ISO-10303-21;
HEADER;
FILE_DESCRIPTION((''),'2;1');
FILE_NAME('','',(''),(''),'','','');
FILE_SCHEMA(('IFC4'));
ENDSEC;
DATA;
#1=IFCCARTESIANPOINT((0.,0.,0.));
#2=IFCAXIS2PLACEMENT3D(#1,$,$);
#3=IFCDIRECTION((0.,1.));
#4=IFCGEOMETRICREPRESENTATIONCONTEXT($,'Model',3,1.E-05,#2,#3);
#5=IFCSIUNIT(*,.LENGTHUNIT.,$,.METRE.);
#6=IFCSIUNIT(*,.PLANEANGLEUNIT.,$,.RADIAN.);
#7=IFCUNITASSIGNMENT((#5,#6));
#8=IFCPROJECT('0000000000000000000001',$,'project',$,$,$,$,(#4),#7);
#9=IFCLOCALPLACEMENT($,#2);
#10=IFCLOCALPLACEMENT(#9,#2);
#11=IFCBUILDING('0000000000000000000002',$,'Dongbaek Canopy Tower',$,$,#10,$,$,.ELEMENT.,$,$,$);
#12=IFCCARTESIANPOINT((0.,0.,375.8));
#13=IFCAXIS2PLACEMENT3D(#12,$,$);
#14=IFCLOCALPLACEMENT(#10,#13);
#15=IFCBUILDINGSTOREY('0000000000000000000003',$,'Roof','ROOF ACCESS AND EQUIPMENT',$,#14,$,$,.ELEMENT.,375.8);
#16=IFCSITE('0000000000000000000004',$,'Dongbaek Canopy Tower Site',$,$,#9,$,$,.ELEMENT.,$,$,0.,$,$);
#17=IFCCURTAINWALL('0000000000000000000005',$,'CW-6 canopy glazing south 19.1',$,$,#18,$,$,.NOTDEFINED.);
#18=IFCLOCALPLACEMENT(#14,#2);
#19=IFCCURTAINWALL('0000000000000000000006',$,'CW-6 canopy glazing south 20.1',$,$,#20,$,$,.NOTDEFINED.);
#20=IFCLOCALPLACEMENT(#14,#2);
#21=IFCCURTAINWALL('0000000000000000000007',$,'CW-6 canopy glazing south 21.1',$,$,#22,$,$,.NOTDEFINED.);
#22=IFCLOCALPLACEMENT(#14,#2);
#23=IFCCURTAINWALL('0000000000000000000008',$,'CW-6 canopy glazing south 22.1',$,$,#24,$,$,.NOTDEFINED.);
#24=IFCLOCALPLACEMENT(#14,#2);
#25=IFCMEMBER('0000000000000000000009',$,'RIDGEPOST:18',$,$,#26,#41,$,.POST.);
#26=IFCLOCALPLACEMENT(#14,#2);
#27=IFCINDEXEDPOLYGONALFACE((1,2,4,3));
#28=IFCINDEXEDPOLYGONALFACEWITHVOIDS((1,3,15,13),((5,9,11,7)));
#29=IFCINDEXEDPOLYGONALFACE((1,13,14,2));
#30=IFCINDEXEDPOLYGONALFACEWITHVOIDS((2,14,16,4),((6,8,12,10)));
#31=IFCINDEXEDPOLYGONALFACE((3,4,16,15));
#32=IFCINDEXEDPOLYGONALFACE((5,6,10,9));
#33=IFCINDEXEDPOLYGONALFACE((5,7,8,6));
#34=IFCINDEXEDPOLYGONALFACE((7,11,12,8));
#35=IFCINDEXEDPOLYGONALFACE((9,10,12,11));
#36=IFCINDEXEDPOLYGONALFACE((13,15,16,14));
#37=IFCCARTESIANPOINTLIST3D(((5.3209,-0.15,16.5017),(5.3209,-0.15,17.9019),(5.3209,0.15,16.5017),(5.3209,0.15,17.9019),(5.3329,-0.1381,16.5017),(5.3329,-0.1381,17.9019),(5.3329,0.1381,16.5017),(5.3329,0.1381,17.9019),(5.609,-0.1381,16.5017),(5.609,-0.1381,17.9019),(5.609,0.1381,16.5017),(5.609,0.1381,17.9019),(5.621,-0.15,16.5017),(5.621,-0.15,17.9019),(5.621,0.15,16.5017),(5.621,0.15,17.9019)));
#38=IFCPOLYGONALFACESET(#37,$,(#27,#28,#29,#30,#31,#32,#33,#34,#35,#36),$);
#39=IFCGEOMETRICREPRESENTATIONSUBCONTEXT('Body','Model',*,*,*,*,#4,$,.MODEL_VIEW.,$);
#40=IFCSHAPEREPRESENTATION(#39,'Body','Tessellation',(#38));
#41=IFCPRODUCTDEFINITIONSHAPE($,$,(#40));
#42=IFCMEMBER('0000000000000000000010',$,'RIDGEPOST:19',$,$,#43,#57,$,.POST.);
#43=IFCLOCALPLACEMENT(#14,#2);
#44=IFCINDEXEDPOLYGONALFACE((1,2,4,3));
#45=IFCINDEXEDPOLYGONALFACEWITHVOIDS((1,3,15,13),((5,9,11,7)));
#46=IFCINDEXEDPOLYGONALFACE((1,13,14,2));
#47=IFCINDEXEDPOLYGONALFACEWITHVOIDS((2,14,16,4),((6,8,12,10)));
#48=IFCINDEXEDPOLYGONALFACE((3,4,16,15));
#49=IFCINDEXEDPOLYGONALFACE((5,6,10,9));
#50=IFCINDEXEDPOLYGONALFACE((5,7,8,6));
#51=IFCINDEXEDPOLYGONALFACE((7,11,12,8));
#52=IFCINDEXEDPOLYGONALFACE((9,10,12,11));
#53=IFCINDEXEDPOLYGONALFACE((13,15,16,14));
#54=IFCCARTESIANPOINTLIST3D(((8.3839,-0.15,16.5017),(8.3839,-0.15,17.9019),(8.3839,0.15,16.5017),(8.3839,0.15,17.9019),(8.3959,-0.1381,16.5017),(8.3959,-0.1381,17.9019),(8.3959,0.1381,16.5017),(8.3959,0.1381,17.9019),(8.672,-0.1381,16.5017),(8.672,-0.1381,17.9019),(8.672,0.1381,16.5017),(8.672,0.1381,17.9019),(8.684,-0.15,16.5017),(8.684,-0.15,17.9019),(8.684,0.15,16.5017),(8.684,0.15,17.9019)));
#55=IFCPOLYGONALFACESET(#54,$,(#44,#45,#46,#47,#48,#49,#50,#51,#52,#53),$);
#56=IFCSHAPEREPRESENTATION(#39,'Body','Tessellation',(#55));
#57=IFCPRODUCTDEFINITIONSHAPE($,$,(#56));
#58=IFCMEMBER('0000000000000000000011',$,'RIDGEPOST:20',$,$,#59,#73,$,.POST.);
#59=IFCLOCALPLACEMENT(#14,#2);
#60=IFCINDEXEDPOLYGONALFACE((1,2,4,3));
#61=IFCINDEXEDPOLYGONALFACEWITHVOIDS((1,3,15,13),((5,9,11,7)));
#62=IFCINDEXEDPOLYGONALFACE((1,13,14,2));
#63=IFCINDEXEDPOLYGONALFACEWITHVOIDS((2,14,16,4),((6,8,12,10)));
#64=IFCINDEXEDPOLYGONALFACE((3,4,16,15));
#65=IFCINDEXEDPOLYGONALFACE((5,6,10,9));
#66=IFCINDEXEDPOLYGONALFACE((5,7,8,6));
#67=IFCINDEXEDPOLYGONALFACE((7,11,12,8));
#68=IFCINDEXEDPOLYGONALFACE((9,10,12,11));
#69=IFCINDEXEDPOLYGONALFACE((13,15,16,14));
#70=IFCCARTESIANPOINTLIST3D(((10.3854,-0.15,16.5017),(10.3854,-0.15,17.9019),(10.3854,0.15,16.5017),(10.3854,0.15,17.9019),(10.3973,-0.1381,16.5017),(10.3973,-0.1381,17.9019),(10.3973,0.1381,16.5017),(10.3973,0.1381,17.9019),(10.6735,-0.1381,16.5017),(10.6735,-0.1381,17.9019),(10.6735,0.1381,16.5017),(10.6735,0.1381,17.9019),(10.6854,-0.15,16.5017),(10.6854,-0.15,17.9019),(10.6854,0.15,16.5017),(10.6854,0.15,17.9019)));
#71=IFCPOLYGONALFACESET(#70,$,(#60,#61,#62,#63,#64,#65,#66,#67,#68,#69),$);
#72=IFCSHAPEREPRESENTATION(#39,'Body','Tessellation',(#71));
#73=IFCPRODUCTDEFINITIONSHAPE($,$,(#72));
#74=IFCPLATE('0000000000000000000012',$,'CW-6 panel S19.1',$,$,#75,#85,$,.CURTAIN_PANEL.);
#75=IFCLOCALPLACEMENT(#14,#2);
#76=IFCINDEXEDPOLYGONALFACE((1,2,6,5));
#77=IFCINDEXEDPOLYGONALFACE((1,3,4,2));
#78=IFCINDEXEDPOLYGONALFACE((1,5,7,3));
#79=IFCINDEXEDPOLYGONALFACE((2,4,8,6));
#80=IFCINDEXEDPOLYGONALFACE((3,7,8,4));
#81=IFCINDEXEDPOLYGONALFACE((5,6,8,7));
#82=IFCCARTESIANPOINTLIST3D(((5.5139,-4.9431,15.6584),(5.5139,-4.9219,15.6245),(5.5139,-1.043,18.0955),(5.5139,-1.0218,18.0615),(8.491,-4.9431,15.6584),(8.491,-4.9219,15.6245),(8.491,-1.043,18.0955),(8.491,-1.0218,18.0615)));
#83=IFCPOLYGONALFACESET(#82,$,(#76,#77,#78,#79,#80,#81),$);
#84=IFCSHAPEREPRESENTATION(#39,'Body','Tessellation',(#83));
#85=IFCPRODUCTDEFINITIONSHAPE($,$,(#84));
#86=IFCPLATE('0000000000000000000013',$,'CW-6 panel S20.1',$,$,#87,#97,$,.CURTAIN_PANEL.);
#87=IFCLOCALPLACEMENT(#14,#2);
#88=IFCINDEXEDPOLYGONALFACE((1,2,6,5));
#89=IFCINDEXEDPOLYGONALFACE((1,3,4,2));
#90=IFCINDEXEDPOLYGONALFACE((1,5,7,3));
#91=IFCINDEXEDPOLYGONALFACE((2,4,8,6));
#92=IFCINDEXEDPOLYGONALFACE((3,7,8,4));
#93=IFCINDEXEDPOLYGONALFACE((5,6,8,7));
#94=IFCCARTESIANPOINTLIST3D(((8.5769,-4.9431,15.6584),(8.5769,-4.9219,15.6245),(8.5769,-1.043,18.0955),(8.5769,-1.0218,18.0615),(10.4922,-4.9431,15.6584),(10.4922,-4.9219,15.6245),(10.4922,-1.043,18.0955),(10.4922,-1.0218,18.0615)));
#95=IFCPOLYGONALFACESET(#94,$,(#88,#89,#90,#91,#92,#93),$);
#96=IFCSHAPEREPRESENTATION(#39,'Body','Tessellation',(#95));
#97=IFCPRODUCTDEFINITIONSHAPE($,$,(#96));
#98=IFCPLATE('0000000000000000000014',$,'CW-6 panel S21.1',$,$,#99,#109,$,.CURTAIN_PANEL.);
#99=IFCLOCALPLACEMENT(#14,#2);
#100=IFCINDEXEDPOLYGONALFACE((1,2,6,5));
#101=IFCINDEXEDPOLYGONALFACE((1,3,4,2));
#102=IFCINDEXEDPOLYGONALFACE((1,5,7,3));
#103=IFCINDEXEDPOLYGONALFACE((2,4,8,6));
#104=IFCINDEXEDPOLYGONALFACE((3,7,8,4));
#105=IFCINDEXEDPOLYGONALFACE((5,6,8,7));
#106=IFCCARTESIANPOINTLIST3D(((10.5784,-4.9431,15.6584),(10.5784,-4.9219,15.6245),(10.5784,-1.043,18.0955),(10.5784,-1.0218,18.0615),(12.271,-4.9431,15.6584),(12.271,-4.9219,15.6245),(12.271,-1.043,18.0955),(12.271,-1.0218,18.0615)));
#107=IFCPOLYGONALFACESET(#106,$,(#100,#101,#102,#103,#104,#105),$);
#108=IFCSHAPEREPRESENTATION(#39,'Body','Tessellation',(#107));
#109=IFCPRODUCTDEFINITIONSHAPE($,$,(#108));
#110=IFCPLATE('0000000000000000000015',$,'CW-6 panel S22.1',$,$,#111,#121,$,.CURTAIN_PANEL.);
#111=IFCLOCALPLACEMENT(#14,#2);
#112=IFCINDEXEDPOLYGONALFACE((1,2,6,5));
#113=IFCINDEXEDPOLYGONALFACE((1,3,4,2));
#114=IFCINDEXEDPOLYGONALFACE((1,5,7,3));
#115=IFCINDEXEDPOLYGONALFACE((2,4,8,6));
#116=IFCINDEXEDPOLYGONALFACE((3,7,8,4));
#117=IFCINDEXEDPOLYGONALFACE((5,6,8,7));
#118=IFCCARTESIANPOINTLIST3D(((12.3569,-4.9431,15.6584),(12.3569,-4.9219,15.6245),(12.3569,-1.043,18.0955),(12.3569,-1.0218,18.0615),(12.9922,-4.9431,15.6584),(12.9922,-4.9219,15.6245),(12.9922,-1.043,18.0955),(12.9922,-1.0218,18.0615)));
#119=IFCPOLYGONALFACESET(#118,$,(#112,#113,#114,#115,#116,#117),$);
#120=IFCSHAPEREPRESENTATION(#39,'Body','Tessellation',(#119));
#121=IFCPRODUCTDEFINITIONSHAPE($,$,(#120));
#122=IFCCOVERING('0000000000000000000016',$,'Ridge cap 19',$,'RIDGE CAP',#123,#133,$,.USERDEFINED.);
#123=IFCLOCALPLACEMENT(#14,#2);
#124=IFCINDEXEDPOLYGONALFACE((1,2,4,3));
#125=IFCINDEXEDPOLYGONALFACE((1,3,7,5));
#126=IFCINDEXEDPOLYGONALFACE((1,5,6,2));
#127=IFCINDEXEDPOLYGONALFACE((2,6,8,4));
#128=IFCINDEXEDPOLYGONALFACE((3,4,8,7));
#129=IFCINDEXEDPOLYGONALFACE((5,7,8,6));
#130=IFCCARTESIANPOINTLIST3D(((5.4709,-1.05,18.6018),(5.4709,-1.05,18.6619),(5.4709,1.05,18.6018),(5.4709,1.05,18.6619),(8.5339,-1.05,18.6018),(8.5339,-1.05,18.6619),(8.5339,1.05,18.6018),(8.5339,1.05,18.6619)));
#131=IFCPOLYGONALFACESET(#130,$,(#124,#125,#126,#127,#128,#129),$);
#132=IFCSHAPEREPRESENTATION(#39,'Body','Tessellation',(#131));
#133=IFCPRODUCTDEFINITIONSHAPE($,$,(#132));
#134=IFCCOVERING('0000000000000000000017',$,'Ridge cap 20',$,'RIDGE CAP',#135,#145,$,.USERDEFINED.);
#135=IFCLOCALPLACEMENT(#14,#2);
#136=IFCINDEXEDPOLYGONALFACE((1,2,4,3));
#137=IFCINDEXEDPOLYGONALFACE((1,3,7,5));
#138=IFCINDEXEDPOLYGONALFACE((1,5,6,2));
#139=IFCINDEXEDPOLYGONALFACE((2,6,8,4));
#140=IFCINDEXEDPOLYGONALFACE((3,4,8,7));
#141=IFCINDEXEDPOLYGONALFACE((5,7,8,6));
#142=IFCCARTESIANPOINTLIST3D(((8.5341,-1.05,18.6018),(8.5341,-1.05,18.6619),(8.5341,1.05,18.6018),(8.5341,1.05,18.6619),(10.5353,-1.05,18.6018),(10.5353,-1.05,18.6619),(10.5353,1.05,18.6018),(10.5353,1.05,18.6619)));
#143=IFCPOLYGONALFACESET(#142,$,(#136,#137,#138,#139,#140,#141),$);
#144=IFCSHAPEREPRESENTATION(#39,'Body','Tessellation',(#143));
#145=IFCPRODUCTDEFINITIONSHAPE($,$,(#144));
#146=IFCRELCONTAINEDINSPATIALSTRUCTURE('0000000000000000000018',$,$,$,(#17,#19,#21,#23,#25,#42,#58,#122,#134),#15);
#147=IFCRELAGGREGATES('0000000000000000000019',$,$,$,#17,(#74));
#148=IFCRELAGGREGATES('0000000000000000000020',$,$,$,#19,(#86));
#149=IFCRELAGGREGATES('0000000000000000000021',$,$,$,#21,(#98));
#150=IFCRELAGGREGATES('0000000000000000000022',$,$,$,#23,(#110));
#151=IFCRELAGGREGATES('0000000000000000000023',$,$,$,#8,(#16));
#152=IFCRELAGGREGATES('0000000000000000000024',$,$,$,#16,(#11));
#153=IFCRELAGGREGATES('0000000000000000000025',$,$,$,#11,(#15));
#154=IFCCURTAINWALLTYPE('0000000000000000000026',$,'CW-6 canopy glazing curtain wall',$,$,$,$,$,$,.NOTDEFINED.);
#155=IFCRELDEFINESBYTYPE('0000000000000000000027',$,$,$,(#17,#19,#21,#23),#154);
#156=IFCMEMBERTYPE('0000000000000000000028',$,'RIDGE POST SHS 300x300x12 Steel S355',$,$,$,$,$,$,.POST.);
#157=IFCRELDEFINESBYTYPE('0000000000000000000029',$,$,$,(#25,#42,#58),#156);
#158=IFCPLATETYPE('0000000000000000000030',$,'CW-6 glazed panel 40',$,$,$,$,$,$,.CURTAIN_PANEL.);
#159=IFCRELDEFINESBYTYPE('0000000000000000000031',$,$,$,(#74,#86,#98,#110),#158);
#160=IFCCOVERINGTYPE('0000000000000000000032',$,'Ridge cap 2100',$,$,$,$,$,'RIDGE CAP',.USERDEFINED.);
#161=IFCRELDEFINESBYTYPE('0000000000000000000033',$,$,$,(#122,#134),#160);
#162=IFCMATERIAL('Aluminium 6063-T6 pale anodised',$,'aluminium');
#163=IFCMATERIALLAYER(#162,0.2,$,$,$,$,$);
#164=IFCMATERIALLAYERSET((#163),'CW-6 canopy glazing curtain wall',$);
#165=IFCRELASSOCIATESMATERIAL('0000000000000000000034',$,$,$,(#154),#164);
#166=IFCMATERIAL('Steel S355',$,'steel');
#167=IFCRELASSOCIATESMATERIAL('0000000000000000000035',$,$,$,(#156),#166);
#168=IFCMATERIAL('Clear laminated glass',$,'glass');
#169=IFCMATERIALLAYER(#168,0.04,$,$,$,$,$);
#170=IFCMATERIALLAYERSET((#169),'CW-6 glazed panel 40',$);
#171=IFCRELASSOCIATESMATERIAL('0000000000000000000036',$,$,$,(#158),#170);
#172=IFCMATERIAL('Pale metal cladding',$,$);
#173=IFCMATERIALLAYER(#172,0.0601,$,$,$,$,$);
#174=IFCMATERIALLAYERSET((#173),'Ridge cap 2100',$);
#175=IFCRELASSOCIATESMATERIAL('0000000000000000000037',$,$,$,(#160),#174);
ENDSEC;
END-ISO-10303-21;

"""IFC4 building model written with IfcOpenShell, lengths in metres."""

from ifc_helpers import new_model, si_unit, direction, frame, origin, origin_2d, place, context, subcontext, project, spatial, polyline, rectangle, hollow_rectangle, outline, extrude, material, layer, layer_set, material_profile, profile_set, type_object, element, aggregate, save


model = new_model("IFC4")

# Units and contexts
model_context = context("Model", 3, precision=1e-05, world=origin(), true_north=direction((0.0, 1.0)))
body_context = subcontext(model_context, "Body", "Model", "MODEL_VIEW")
ifc_project = project(units=[si_unit("LENGTHUNIT", "METRE"), si_unit("PLANEANGLEUNIT", "RADIAN")], contexts=[model_context])

# Site, building, storey
site_placement = place(None, origin())
site = spatial("IfcSite", under=ifc_project, at=site_placement, Name="Dongbaek Canopy Tower Site", CompositionType="ELEMENT", RefElevation=0.0)
building_placement = place(site_placement, origin())
building = spatial("IfcBuilding", under=site, at=building_placement, Name="Dongbaek Canopy Tower", CompositionType="ELEMENT")
storey_placement = place(building_placement, frame((0.0, 0.0, 375.8)))
storey = spatial("IfcBuildingStorey", under=building, at=storey_placement, Name="Roof", Description="ROOF ACCESS AND EQUIPMENT", CompositionType="ELEMENT", Elevation=375.8)

# Curtain walls
ifc_material_1 = material(Name="Aluminium 6063-T6 pale anodised", Category="aluminium")
ifc_layer_1 = layer(ifc_material_1, 0.2)
ifc_layer_set_1 = layer_set([ifc_layer_1], Name="CW-6 canopy glazing curtain wall")
curtain_wall_type = type_object("IfcCurtainWallType", Name="CW-6 canopy glazing curtain wall", PredefinedType="NOTDEFINED", material=ifc_layer_set_1)
curtain_wall_1_placement = place(storey_placement, origin())
curtain_wall_1 = element("IfcCurtainWall", 1, at=curtain_wall_1_placement, inside=storey, type_object=curtain_wall_type, Name="CW-6 canopy glazing south 19.1", PredefinedType="NOTDEFINED")
curtain_wall_2_placement = place(storey_placement, origin())
curtain_wall_2 = element("IfcCurtainWall", 2, at=curtain_wall_2_placement, inside=storey, type_object=curtain_wall_type, Name="CW-6 canopy glazing south 20.1", PredefinedType="NOTDEFINED")
curtain_wall_3_placement = place(storey_placement, origin())
curtain_wall_3 = element("IfcCurtainWall", 3, at=curtain_wall_3_placement, inside=storey, type_object=curtain_wall_type, Name="CW-6 canopy glazing south 21.1", PredefinedType="NOTDEFINED")

# Curtain wall
curtain_wall_4_placement = place(storey_placement, origin())
curtain_wall_4 = element("IfcCurtainWall", 4, at=curtain_wall_4_placement, inside=storey, type_object=curtain_wall_type, Name="CW-6 canopy glazing south 22.1", PredefinedType="NOTDEFINED")

# Members
ifc_material_2 = material(Name="Steel S355", Category="steel")
ifc_material_profile_1 = material_profile(ifc_material_2, hollow_rectangle(XDim=0.3, YDim=0.3, WallThickness=0.012, at=origin_2d()), Name="RIDGE POST SHS 300x300x12 Steel S355")
ifc_profile_set_1 = profile_set([ifc_material_profile_1], Name="Steel S355")
member_type_1 = type_object("IfcMemberType", Name="RIDGE POST SHS 300x300x12 Steel S355", PredefinedType="POST", material=ifc_profile_set_1)
for number, where, z_axis, x_axis, name in (
    (5, (5.4709, 0.0, 16.5017), (0.0, 0.0, 1.0), (1.0, 0.0, 0.0), "RIDGEPOST:18"),
    (6, (8.5339, 0.0, 16.5017), (0.0, 0.0, 1.0), (1.0, 0.0, 0.0), "RIDGEPOST:19"),
    (7, (10.5354, 0.0, 16.5017), (0.0, 0.0, 1.0), (1.0, 0.0, 0.0), "RIDGEPOST:20"),
):
    element("IfcMember", number, at=place(storey_placement, frame(where, z_axis=z_axis, x_axis=x_axis)), inside=storey, type_object=member_type_1, Name=name, PredefinedType="POST", context=body_context, shape_type="SweptSolid", body=[
        extrude(hollow_rectangle(XDim=0.3, YDim=0.3, WallThickness=0.012, at=origin_2d()), origin(), (0.0, 0.0, 1.0), 1.4001),
    ])

# Plates
ifc_material_3 = material(Name="Clear laminated glass", Category="glass")
ifc_layer_2 = layer(ifc_material_3, 0.04)
ifc_layer_set_2 = layer_set([ifc_layer_2], Name="CW-6 glazed panel 40")
plate_type = type_object("IfcPlateType", Name="CW-6 glazed panel 40", PredefinedType="CURTAIN_PANEL", material=ifc_layer_set_2)
plate_1_placement = place(storey_placement, frame((8.491, -4.9431, 15.6584), z_axis=(0.0, -0.529908, 0.848055), x_axis=(-1.0, 0.0, 0.0)))
plate_1 = element("IfcPlate", 8, at=plate_1_placement, type_object=plate_type, Name="CW-6 panel S19.1", PredefinedType="CURTAIN_PANEL", context=body_context, shape_type="SweptSolid", body=[
    extrude(outline(polyline([(0.0, 0.0), (2.9771, 0.0), (2.9771, -4.5989), (0.0, -4.5989), (0.0, 0.0)])), origin(), (0.0, 0.0, -1.0), 0.04),
])
aggregate(curtain_wall_1, [plate_1])
plate_2_placement = place(storey_placement, frame((10.4922, -4.9431, 15.6584), z_axis=(0.0, -0.529908, 0.848055), x_axis=(-1.0, 0.0, 0.0)))
plate_2 = element("IfcPlate", 9, at=plate_2_placement, type_object=plate_type, Name="CW-6 panel S20.1", PredefinedType="CURTAIN_PANEL", context=body_context, shape_type="SweptSolid", body=[
    extrude(outline(polyline([(0.0, 0.0), (1.9153, 0.0), (1.9153, -4.5989), (0.0, -4.5989), (0.0, 0.0)])), origin(), (0.0, 0.0, -1.0), 0.04),
])
aggregate(curtain_wall_2, [plate_2])
plate_3_placement = place(storey_placement, frame((12.271, -4.9431, 15.6584), z_axis=(0.0, -0.529908, 0.848055), x_axis=(-1.0, 0.0, 0.0)))
plate_3 = element("IfcPlate", 10, at=plate_3_placement, type_object=plate_type, Name="CW-6 panel S21.1", PredefinedType="CURTAIN_PANEL", context=body_context, shape_type="SweptSolid", body=[
    extrude(outline(polyline([(0.0, 0.0), (1.6926, 0.0), (1.6926, -4.5989), (0.0, -4.5989), (0.0, 0.0)])), origin(), (0.0, 0.0, -1.0), 0.04),
])
aggregate(curtain_wall_3, [plate_3])
plate_4_placement = place(storey_placement, frame((12.9922, -4.9431, 15.6584), z_axis=(0.0, -0.529908, 0.848055), x_axis=(-1.0, 0.0, 0.0)))
plate_4 = element("IfcPlate", 11, at=plate_4_placement, type_object=plate_type, Name="CW-6 panel S22.1", PredefinedType="CURTAIN_PANEL", context=body_context, shape_type="SweptSolid", body=[
    extrude(outline(polyline([(0.0, 0.0), (0.6353, 0.0), (0.6353, -4.5989), (0.0, -4.5989), (0.0, 0.0)])), origin(), (0.0, 0.0, -1.0), 0.04),
])
aggregate(curtain_wall_4, [plate_4])

# Coverings
ifc_material_4 = material(Name="Pale metal cladding")
ifc_layer_3 = layer(ifc_material_4, 0.0601)
ifc_layer_set_3 = layer_set([ifc_layer_3], Name="Ridge cap 2100")
covering_type = type_object("IfcCoveringType", Name="Ridge cap 2100", ElementType="RIDGE CAP", PredefinedType="USERDEFINED", material=ifc_layer_set_3)
covering_1_placement = place(storey_placement, frame((7.0024, 0.0, 18.6018), z_axis=(0.0, 0.0, 1.0), x_axis=(1.0, 0.0, 0.0)))
element("IfcCovering", 12, at=covering_1_placement, inside=storey, type_object=covering_type, Name="Ridge cap 19", ObjectType="RIDGE CAP", PredefinedType="USERDEFINED", context=body_context, shape_type="SweptSolid", body=[
    extrude(rectangle(XDim=3.063, YDim=2.1001, at=origin_2d()), origin(), (0.0, 0.0, 1.0), 0.0601),
])
covering_2_placement = place(storey_placement, frame((9.5347, 0.0, 18.6018), z_axis=(0.0, 0.0, 1.0), x_axis=(1.0, 0.0, 0.0)))
element("IfcCovering", 13, at=covering_2_placement, inside=storey, type_object=covering_type, Name="Ridge cap 20", ObjectType="RIDGE CAP", PredefinedType="USERDEFINED", context=body_context, shape_type="SweptSolid", body=[
    extrude(rectangle(XDim=2.0012, YDim=2.1001, at=origin_2d()), origin(), (0.0, 0.0, 1.0), 0.0601),
])

save(model, "model.ifc")
